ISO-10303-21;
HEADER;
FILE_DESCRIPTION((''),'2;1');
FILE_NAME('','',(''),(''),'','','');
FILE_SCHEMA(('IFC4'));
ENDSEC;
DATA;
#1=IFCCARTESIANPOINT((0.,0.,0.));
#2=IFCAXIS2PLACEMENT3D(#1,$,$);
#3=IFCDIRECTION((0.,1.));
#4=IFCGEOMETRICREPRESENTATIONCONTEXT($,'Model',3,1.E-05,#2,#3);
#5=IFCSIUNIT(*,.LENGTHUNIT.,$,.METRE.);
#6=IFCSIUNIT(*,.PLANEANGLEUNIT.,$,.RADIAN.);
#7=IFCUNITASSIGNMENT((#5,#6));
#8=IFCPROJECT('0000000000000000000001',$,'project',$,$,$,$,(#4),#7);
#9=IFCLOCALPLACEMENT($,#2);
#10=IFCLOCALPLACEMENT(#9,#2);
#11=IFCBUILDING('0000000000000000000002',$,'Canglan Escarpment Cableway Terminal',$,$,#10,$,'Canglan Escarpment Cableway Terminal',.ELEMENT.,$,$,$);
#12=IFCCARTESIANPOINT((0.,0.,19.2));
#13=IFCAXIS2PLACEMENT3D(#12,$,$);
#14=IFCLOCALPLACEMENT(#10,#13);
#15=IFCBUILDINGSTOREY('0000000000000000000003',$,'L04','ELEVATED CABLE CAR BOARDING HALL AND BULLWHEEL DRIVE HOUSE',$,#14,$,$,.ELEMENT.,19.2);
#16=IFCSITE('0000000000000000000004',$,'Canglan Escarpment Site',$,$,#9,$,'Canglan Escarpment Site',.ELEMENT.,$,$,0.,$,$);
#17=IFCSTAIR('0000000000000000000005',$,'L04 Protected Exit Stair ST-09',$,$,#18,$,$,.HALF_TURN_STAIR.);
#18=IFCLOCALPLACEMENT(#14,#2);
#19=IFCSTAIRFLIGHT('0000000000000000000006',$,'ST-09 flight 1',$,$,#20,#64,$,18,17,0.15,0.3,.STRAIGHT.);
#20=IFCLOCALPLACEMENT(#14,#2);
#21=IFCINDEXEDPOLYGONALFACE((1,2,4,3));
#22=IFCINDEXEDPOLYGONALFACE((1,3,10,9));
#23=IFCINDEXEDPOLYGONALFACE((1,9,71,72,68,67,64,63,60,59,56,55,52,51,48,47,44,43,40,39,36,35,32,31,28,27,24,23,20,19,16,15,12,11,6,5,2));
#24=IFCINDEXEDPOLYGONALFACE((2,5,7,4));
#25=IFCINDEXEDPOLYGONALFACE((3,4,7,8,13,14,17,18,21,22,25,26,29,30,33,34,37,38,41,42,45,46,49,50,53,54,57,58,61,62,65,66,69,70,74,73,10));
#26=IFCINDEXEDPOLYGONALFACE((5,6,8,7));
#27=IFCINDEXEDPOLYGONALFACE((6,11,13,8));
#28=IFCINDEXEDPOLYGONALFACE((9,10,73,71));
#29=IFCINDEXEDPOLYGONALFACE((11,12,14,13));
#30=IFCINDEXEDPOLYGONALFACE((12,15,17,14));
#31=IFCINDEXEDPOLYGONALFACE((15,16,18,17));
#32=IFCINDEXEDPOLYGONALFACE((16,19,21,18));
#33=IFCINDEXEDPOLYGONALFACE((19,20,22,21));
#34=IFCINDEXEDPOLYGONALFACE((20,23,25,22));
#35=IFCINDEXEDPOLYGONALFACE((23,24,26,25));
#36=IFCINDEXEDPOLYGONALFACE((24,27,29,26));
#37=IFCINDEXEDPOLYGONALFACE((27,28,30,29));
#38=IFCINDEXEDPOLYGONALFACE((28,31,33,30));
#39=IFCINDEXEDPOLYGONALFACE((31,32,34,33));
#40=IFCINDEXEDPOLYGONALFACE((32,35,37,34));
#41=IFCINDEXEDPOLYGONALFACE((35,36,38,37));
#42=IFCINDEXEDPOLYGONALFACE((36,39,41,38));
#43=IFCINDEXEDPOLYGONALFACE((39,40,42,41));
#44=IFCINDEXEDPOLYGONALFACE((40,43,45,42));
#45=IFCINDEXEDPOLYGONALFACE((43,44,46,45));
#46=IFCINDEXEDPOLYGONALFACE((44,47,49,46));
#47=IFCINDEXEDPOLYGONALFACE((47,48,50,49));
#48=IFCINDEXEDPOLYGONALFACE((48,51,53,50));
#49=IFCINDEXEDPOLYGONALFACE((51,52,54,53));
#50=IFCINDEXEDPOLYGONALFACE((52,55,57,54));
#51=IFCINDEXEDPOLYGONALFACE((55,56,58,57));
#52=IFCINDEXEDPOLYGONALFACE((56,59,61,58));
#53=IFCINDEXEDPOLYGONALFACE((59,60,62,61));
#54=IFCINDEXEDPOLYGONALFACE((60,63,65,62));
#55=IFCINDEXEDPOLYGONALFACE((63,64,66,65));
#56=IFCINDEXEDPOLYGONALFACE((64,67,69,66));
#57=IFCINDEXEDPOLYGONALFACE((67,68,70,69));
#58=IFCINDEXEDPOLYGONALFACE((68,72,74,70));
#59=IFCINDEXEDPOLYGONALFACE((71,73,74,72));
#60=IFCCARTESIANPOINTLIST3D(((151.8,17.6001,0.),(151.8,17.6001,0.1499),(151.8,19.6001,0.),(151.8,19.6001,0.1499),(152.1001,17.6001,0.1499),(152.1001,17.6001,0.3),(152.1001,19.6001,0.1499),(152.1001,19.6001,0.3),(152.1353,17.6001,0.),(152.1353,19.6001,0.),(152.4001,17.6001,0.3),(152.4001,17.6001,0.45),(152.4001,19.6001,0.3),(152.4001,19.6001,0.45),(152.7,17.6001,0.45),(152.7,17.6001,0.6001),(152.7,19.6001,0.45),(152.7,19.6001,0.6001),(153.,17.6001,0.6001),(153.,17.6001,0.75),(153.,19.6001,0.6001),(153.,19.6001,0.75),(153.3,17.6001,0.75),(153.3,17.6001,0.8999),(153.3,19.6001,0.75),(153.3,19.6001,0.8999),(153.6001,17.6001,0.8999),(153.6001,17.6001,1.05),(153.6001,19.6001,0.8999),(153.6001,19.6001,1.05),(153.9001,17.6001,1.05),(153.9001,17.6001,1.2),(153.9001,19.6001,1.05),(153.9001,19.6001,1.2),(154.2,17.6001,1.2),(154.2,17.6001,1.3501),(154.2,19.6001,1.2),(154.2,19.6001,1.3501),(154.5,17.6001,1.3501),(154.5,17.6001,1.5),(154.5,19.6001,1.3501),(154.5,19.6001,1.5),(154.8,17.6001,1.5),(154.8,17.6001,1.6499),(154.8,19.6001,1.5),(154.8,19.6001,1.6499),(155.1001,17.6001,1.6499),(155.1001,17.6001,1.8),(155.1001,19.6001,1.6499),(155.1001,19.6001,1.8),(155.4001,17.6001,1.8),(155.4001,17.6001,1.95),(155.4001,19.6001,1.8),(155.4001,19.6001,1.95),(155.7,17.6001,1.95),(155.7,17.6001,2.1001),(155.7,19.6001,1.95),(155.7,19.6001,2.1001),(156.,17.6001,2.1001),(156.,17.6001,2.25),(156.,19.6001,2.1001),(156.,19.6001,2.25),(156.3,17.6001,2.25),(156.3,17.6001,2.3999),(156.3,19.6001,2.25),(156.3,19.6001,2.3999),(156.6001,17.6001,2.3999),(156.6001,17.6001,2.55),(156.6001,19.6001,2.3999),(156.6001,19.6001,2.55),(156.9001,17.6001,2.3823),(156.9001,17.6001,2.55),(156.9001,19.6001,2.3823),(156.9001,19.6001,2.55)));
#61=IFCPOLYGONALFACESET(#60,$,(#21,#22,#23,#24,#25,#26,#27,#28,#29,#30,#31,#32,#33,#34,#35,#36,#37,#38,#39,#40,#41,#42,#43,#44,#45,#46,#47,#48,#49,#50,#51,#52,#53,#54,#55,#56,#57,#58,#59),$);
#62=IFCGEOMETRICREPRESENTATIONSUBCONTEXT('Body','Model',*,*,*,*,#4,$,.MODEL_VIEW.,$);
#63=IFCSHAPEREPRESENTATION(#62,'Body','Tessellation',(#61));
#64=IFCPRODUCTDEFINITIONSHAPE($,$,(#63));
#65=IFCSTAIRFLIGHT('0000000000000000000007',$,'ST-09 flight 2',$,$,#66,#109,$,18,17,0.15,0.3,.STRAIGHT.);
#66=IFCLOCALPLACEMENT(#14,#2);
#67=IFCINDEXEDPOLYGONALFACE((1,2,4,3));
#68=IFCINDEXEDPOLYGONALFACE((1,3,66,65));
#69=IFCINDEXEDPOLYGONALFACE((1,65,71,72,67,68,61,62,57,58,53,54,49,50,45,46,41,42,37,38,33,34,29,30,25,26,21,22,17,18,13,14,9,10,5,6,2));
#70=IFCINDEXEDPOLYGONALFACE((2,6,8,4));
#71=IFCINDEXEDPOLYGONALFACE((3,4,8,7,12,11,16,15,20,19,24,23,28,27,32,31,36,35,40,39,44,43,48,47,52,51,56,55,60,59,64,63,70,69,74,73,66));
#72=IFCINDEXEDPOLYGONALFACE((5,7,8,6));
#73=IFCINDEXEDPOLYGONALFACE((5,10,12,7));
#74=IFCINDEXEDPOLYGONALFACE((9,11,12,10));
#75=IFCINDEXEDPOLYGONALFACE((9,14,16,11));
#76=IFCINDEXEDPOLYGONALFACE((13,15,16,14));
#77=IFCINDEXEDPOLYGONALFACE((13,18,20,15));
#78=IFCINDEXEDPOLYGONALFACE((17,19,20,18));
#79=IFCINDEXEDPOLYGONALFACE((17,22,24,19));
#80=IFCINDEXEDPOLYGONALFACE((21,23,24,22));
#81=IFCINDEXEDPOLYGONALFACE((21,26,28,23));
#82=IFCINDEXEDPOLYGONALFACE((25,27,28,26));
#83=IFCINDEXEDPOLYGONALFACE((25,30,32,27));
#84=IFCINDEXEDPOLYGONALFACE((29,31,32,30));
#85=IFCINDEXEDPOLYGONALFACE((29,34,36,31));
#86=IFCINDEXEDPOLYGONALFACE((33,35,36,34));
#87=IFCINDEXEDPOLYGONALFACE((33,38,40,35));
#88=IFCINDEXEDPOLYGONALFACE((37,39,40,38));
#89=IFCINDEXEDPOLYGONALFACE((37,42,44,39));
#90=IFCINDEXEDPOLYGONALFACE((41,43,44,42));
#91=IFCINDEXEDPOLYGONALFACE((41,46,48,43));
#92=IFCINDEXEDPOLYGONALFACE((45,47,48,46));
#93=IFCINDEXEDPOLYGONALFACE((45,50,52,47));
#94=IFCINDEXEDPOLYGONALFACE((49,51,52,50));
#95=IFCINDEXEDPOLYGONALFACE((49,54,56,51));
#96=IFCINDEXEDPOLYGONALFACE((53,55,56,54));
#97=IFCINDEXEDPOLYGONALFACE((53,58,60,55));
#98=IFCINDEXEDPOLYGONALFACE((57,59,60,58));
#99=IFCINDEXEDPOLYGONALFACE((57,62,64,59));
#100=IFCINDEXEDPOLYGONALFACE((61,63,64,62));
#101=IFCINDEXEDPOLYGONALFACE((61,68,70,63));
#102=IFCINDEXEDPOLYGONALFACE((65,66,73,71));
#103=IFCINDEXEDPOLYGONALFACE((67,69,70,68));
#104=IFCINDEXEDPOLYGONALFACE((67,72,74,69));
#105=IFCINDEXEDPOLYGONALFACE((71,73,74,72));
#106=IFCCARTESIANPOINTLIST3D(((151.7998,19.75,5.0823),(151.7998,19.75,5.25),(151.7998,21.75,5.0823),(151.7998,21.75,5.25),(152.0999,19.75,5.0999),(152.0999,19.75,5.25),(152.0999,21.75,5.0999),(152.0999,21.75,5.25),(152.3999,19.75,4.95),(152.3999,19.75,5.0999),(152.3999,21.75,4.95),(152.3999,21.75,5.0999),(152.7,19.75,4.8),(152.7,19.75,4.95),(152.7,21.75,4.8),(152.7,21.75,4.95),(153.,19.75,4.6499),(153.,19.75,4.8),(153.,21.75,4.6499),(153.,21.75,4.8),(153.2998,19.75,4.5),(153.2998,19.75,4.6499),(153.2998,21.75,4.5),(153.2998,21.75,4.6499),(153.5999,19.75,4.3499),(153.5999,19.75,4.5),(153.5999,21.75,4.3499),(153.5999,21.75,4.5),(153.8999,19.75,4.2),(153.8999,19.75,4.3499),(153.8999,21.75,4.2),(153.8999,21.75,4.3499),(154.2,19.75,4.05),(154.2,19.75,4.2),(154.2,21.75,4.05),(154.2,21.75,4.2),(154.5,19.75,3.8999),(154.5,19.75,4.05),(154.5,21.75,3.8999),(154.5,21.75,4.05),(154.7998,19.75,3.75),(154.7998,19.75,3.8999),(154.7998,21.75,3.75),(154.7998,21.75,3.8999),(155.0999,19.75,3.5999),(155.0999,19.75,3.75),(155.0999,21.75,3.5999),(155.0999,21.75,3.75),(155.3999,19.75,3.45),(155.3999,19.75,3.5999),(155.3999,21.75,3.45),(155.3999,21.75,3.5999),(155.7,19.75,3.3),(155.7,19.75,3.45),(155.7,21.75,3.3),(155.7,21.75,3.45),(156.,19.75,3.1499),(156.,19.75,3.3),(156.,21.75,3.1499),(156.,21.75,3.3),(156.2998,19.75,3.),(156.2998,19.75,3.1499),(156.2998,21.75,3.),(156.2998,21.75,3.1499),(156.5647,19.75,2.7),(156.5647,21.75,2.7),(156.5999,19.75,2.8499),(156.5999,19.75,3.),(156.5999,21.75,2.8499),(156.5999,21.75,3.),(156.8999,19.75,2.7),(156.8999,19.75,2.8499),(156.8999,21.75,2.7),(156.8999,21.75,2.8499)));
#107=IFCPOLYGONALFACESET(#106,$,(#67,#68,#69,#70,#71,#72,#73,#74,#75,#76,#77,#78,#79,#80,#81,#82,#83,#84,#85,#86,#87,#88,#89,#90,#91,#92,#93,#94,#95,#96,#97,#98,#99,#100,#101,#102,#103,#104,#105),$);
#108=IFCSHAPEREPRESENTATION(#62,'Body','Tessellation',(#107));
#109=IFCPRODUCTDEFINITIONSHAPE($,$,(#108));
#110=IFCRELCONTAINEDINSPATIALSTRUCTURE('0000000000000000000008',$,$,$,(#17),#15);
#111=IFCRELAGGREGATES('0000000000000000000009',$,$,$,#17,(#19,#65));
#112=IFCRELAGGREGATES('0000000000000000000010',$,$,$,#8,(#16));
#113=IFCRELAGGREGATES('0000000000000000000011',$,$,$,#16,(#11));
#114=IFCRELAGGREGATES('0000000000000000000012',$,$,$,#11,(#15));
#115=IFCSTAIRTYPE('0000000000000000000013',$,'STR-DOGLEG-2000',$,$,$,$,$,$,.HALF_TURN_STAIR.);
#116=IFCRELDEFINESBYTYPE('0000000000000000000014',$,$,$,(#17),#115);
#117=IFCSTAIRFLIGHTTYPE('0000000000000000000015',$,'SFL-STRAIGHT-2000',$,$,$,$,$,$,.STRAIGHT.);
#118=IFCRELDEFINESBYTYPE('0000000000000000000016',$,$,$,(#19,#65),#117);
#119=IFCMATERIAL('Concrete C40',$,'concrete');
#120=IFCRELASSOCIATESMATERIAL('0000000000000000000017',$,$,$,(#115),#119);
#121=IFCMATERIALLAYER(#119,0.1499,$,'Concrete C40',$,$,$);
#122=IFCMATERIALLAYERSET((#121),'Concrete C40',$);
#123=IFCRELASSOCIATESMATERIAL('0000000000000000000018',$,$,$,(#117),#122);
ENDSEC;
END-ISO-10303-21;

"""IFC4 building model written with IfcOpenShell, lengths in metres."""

from ifc_helpers import new_model, si_unit, direction, frame, origin, place, context, subcontext, project, spatial, polyline, outline, extrude, material, layer, layer_set, type_object, element, aggregate, save


model = new_model("IFC4")

# Units and contexts
model_context = context("Model", 3, precision=1e-05, world=origin(), true_north=direction((0.0, 1.0)))
body_context = subcontext(model_context, "Body", "Model", "MODEL_VIEW")
ifc_project = project(units=[si_unit("LENGTHUNIT", "METRE"), si_unit("PLANEANGLEUNIT", "RADIAN")], contexts=[model_context])

# Site, building, storey
site_placement = place(None, origin())
site = spatial("IfcSite", under=ifc_project, at=site_placement, Name="Canglan Escarpment Site", LongName="Canglan Escarpment Site", CompositionType="ELEMENT", RefElevation=0.0)
building_placement = place(site_placement, origin())
building = spatial("IfcBuilding", under=site, at=building_placement, Name="Canglan Escarpment Cableway Terminal", LongName="Canglan Escarpment Cableway Terminal", CompositionType="ELEMENT")
storey_placement = place(building_placement, frame((0.0, 0.0, 19.2)))
storey = spatial("IfcBuildingStorey", under=building, at=storey_placement, Name="L04", Description="ELEVATED CABLE CAR BOARDING HALL AND BULLWHEEL DRIVE HOUSE", CompositionType="ELEMENT", Elevation=19.2)

# Shared definitions
ifc_material_1 = material(Name="Concrete C40", Category="concrete")

# Stair, stair flights
stair_type = type_object("IfcStairType", Name="STR-DOGLEG-2000", PredefinedType="HALF_TURN_STAIR", material=ifc_material_1)
ifc_layer_1 = layer(ifc_material_1, 0.1499, Name="Concrete C40")
ifc_layer_set_1 = layer_set([ifc_layer_1], Name="Concrete C40")
stair_flight_type = type_object("IfcStairFlightType", Name="SFL-STRAIGHT-2000", PredefinedType="STRAIGHT", material=ifc_layer_set_1)
stair_1_placement = place(storey_placement, origin())
stair_1 = element("IfcStair", 1, at=stair_1_placement, inside=storey, type_object=stair_type, Name="L04 Protected Exit Stair ST-09", PredefinedType="HALF_TURN_STAIR")
stair_flight_1_placement = place(storey_placement, frame((151.8, 18.6001, 0.0), z_axis=(0.0, 0.0, 1.0), x_axis=(1.0, 0.0, 0.0)))
stair_flight_1 = element("IfcStairFlight", 2, at=stair_flight_1_placement, type_object=stair_flight_type, Name="ST-09 flight 1", NumberOfRisers=18, NumberOfTreads=17, PredefinedType="STRAIGHT", RiserHeight=0.15, TreadLength=0.3, context=body_context, shape_type="SweptSolid", body=[
    extrude(outline(polyline([(0.0, 0.0), (0.0, 0.1499), (0.3, 0.1499), (0.3, 0.3), (0.6001, 0.3), (0.6001, 0.45), (0.8999, 0.45), (0.8999, 0.6001), (1.2, 0.6001), (1.2, 0.75), (1.5, 0.75), (1.5, 0.8999), (1.8, 0.8999), (1.8, 1.05), (2.1001, 1.05), (2.1001, 1.2), (2.3999, 1.2), (2.3999, 1.3501), (2.7, 1.3501), (2.7, 1.5), (3.0, 1.5), (3.0, 1.6499), (3.3, 1.6499), (3.3, 1.8), (3.6001, 1.8), (3.6001, 1.95), (3.8999, 1.95), (3.8999, 2.1001), (4.2, 2.1001), (4.2, 2.25), (4.5, 2.25), (4.5, 2.3999), (4.8, 2.3999), (4.8, 2.55), (5.1001, 2.55), (5.1001, 2.7), (5.1001, 2.3823), (0.3352, 0.0), (0.0, 0.0)])), frame((0.0, 1.0, 0.0), z_axis=(0.0, -1.0, 0.0), x_axis=(1.0, 0.0, 0.0)), (0.0, 0.0, 1.0), 2.0),
])
stair_flight_2_placement = place(storey_placement, frame((156.8999, 20.75, 2.7), z_axis=(0.0, 0.0, 1.0), x_axis=(-1.0, 0.0, 0.0)))
stair_flight_2 = element("IfcStairFlight", 3, at=stair_flight_2_placement, type_object=stair_flight_type, Name="ST-09 flight 2", NumberOfRisers=18, NumberOfTreads=17, PredefinedType="STRAIGHT", RiserHeight=0.15, TreadLength=0.3, context=body_context, shape_type="SweptSolid", body=[
    extrude(outline(polyline([(0.0, 0.0), (0.0, 0.1499), (0.3, 0.1499), (0.3, 0.3), (0.6001, 0.3), (0.6001, 0.45), (0.8999, 0.45), (0.8999, 0.6001), (1.2, 0.6001), (1.2, 0.75), (1.5, 0.75), (1.5, 0.8999), (1.8, 0.8999), (1.8, 1.05), (2.1001, 1.05), (2.1001, 1.2), (2.3999, 1.2), (2.3999, 1.3501), (2.7, 1.3501), (2.7, 1.5), (3.0, 1.5), (3.0, 1.6499), (3.3, 1.6499), (3.3, 1.8), (3.6001, 1.8), (3.6001, 1.95), (3.8999, 1.95), (3.8999, 2.1001), (4.2, 2.1001), (4.2, 2.25), (4.5, 2.25), (4.5, 2.3999), (4.8, 2.3999), (4.8, 2.55), (5.1001, 2.55), (5.1001, 2.7), (5.1001, 2.3823), (0.3352, 0.0), (0.0, 0.0)])), frame((0.0, 1.0, 0.0), z_axis=(0.0, -1.0, 0.0), x_axis=(1.0, 0.0, 0.0)), (0.0, 0.0, 1.0), 2.0),
])
aggregate(stair_1, [stair_flight_1, stair_flight_2])

save(model, "model.ifc")
